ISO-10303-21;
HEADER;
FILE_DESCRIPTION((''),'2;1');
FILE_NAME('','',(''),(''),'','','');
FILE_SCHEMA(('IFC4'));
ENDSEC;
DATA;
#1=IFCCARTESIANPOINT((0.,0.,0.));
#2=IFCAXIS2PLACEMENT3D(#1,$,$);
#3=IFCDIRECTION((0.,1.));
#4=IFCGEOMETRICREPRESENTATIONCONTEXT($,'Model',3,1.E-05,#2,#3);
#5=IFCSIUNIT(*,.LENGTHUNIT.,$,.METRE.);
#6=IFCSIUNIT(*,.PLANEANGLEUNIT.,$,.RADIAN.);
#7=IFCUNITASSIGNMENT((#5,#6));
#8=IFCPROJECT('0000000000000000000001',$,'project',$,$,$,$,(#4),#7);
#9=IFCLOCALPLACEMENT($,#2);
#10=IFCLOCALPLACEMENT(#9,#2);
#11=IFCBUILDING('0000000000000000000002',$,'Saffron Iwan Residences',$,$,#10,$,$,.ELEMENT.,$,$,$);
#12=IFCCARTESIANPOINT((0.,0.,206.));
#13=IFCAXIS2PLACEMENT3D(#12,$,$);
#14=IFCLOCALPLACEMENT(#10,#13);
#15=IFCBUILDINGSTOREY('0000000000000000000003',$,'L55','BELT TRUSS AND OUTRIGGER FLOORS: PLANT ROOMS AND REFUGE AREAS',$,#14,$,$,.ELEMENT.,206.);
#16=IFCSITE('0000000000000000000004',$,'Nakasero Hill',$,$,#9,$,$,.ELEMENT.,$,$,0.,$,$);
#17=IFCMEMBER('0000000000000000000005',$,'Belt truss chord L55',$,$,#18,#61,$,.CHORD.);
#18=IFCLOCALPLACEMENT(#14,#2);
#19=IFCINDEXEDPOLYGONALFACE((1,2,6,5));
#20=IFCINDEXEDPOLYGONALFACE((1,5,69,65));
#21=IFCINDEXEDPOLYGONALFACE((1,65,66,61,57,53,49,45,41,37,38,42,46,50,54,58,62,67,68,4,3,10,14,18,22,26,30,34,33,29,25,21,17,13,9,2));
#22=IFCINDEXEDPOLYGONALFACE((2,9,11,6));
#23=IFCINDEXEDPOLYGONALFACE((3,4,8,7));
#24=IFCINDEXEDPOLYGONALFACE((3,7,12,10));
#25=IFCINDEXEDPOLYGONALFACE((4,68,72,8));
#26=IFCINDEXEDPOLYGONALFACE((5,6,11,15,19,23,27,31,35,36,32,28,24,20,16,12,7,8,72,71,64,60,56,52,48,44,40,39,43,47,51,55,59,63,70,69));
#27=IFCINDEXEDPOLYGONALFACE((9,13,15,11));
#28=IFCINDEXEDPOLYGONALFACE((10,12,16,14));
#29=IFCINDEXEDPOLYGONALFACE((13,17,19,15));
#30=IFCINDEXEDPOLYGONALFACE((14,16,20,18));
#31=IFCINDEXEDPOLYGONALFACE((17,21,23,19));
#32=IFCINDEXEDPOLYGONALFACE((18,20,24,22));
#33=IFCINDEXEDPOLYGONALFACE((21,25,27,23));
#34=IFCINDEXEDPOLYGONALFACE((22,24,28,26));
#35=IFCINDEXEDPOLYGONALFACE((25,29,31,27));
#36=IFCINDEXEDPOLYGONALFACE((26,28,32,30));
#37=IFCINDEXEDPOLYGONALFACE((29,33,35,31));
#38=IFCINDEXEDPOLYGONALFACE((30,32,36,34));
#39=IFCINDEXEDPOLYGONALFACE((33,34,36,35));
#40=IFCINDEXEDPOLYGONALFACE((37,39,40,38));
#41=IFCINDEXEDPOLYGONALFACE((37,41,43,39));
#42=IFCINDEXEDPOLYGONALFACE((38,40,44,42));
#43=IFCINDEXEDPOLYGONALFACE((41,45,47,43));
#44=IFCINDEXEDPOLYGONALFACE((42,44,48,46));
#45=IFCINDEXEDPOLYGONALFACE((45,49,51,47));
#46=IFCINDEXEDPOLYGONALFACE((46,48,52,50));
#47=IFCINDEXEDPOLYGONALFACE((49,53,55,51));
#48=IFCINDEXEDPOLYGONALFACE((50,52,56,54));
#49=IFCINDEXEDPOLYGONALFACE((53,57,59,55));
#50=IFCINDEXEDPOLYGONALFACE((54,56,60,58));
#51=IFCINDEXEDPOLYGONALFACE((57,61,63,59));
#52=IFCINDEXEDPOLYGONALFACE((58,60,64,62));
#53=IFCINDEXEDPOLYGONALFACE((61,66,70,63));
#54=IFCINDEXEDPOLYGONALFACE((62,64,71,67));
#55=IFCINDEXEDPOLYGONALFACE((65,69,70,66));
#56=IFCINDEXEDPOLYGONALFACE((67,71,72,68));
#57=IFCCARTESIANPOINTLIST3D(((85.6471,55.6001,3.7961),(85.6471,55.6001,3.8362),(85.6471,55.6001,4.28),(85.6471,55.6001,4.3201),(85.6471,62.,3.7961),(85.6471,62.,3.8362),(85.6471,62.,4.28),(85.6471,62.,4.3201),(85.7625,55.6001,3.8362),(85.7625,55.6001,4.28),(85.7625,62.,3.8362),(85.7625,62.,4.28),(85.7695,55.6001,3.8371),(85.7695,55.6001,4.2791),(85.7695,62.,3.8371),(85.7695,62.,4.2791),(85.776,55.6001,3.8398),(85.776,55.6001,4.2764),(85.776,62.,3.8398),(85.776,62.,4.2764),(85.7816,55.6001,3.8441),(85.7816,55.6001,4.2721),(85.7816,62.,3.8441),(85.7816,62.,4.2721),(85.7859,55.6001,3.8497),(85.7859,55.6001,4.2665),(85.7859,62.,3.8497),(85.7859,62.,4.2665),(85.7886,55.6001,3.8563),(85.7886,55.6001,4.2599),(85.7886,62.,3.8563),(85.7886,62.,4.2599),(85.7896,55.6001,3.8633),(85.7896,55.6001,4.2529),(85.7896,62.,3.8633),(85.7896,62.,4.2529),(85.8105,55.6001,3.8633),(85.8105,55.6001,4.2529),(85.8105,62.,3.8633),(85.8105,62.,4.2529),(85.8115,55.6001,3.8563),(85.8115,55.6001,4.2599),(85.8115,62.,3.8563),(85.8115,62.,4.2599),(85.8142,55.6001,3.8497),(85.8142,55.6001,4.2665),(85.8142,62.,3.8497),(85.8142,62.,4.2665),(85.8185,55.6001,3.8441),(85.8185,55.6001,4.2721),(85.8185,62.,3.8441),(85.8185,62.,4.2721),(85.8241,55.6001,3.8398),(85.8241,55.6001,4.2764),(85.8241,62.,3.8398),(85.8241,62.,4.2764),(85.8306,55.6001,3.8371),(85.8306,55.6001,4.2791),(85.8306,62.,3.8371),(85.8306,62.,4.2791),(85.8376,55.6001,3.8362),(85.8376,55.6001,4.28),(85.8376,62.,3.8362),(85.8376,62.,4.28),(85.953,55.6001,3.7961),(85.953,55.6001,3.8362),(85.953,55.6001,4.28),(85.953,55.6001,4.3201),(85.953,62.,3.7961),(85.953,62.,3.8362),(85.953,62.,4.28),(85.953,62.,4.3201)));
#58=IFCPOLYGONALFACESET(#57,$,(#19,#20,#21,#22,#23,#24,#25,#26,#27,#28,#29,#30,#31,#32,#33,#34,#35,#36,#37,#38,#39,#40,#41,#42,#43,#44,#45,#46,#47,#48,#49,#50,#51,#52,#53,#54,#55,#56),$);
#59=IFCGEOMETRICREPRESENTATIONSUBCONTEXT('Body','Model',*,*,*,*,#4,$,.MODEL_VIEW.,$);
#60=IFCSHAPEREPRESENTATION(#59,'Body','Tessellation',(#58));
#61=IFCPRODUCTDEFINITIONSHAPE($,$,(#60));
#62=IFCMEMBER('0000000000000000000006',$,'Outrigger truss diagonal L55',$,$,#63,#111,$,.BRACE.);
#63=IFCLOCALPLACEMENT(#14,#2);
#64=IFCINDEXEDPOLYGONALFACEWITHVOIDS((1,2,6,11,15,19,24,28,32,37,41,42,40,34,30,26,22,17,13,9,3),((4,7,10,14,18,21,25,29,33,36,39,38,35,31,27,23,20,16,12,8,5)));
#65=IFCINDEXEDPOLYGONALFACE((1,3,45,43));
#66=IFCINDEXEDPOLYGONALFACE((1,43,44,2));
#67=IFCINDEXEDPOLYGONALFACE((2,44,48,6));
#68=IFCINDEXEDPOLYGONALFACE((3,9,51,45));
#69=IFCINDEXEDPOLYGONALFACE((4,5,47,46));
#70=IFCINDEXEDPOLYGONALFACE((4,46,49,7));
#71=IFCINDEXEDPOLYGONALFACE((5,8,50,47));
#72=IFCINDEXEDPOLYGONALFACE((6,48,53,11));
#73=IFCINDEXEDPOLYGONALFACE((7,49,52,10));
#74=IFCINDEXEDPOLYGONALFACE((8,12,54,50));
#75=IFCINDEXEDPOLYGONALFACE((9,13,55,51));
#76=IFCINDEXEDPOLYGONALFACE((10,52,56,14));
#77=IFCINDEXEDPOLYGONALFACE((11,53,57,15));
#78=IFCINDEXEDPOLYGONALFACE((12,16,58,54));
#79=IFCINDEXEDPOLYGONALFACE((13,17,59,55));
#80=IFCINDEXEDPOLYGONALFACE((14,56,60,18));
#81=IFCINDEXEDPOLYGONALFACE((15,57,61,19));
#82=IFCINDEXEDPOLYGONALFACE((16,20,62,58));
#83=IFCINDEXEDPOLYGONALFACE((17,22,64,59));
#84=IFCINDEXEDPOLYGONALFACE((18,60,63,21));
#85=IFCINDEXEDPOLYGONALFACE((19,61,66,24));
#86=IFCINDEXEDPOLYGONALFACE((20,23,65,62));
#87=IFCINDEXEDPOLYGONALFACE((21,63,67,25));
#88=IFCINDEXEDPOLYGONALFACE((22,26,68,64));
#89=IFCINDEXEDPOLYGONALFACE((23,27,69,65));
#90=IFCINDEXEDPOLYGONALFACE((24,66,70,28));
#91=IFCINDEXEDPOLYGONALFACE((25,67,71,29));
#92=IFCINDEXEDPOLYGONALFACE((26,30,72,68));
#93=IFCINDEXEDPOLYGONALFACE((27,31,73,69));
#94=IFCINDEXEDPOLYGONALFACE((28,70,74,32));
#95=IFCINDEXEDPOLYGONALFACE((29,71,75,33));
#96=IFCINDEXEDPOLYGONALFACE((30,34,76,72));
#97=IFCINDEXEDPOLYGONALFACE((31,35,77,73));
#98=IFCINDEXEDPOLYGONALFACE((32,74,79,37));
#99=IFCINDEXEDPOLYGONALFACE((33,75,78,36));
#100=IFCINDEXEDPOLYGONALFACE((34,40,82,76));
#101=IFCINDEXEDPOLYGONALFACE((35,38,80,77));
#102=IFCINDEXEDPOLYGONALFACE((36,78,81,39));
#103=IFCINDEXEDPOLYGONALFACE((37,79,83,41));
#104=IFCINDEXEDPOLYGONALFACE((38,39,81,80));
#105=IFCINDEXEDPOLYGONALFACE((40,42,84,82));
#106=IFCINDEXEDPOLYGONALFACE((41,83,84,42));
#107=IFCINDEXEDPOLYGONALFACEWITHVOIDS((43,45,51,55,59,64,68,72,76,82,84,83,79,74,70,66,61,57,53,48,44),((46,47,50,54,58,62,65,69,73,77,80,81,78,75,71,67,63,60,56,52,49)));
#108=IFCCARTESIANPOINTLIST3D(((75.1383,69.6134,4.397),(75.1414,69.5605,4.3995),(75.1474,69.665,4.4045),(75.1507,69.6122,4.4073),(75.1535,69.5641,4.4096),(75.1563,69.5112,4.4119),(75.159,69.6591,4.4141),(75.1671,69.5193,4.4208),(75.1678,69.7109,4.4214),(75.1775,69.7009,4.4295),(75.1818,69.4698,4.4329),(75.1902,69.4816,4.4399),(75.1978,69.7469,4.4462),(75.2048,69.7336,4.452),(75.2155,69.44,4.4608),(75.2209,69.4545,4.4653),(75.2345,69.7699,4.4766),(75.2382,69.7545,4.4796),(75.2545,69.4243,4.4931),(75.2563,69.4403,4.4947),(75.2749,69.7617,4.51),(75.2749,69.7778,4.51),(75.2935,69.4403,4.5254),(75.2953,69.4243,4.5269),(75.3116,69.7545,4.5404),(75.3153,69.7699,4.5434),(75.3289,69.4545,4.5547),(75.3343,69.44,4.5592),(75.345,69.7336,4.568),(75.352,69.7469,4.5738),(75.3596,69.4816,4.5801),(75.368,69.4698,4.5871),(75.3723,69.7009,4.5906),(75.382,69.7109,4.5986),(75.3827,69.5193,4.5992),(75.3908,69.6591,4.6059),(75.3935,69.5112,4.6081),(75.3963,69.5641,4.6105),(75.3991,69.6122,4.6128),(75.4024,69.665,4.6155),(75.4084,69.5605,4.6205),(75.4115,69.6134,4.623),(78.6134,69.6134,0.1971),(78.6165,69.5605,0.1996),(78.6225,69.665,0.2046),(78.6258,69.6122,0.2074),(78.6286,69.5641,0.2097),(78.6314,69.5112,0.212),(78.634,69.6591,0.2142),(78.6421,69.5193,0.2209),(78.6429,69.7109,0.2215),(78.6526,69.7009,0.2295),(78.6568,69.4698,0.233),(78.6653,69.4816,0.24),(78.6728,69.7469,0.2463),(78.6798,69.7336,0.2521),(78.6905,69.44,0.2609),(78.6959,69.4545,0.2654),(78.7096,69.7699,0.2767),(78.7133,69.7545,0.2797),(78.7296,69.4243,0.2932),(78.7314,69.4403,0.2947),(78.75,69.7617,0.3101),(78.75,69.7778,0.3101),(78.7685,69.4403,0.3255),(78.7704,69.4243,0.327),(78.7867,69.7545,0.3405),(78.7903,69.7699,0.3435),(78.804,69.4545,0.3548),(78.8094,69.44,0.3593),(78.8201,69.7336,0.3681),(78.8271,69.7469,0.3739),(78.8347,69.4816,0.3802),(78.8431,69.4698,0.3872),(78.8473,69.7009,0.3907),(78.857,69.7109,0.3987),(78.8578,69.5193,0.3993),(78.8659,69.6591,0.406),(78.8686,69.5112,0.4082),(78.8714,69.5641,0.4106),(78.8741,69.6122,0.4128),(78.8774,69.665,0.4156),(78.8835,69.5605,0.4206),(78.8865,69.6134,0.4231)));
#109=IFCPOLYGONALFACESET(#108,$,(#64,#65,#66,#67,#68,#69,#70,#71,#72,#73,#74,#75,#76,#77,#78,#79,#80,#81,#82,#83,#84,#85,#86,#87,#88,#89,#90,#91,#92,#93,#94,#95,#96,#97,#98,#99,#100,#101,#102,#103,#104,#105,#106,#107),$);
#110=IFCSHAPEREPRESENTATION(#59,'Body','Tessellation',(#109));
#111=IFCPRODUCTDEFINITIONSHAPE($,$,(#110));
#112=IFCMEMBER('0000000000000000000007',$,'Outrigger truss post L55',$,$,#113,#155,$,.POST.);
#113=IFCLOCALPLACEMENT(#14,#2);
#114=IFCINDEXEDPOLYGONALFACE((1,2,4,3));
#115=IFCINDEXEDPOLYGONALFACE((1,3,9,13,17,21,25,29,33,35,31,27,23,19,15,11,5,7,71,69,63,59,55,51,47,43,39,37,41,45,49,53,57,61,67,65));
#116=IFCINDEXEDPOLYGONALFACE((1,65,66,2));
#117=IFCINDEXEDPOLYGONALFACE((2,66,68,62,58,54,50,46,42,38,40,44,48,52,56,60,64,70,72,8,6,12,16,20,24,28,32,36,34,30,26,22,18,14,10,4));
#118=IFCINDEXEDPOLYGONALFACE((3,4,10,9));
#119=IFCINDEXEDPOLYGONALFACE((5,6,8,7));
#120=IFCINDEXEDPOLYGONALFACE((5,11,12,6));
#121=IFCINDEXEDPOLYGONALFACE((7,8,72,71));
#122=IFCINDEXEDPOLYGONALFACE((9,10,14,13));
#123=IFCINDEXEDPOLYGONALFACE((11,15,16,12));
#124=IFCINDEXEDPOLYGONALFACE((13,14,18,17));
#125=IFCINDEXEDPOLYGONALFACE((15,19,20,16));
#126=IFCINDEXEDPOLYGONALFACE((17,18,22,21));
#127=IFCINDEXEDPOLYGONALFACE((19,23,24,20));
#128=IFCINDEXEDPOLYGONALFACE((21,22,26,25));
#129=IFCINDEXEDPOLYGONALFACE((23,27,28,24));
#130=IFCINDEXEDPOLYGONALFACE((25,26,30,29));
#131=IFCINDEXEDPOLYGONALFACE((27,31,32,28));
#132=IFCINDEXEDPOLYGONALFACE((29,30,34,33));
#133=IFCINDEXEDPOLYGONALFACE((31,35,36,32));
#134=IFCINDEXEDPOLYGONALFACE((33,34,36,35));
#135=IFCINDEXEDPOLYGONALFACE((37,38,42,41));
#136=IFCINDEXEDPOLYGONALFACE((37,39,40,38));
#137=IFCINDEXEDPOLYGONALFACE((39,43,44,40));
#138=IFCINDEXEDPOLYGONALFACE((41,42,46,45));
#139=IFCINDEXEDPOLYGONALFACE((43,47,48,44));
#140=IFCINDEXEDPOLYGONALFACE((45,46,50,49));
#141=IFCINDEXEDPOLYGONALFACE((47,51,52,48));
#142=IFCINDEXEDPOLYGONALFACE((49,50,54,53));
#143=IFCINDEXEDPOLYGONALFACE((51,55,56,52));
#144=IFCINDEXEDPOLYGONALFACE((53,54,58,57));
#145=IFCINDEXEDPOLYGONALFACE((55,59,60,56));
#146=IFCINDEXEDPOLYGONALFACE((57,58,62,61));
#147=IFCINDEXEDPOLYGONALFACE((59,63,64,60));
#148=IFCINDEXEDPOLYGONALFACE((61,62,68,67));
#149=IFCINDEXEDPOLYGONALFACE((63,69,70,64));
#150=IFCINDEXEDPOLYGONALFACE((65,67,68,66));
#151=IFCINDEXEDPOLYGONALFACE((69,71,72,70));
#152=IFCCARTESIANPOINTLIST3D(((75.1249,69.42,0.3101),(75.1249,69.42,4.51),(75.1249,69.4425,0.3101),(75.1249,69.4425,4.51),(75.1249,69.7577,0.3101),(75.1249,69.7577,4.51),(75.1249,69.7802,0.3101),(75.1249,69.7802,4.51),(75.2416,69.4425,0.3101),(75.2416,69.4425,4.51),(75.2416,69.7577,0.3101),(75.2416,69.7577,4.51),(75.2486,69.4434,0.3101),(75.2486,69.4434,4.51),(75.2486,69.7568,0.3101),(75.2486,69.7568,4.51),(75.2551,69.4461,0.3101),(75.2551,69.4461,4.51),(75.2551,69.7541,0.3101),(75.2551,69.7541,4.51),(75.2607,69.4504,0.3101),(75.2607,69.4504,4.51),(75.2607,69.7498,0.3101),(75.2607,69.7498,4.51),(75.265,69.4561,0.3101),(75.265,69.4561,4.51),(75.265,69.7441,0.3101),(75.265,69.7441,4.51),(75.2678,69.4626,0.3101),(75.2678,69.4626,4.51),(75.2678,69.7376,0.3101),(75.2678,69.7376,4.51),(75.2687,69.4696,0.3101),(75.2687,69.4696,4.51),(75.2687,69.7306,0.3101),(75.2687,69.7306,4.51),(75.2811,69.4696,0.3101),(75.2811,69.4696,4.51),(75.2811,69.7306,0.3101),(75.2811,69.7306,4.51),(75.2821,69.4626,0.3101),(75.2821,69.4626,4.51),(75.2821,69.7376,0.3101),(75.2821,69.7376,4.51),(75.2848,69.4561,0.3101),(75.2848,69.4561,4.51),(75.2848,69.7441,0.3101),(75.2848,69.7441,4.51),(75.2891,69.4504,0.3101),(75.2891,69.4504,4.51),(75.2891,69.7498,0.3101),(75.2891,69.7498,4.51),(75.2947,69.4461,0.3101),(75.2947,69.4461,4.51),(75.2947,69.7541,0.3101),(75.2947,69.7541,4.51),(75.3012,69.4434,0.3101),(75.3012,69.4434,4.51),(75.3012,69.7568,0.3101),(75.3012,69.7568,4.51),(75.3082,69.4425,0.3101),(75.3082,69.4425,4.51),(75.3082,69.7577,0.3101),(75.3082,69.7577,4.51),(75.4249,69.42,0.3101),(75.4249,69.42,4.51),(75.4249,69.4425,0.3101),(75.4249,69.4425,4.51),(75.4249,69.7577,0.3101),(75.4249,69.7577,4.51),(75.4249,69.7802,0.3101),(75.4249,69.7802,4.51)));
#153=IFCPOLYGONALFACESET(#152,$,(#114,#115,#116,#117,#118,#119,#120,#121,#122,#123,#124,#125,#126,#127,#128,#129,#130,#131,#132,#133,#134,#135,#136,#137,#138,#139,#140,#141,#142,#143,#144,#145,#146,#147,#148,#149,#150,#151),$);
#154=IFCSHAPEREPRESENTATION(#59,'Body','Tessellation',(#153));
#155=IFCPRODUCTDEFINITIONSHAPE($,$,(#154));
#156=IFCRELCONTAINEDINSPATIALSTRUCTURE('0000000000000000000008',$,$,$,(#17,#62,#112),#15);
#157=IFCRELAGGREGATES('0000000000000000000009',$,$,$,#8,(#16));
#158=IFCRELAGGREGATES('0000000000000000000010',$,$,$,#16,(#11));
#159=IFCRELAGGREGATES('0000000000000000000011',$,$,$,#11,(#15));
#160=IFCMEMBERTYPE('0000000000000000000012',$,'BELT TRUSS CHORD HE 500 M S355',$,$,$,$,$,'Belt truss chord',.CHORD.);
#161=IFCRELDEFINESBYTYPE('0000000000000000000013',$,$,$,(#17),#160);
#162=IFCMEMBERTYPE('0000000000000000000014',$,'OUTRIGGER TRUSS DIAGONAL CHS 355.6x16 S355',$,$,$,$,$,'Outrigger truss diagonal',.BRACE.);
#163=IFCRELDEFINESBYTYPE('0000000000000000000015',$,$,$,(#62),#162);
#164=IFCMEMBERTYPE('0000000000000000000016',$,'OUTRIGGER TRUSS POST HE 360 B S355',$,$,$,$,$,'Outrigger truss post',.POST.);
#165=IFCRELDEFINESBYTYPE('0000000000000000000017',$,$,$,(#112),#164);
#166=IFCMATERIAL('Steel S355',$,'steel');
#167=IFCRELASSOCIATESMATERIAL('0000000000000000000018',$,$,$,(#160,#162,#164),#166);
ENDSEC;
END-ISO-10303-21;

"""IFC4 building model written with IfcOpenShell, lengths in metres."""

from ifc_helpers import new_model, si_unit, direction, frame, origin, origin_2d, place, context, subcontext, project, spatial, hollow_circle, i_section, extrude, source, transform, mapped, material, material_profile, profile_set, type_object, element, save


model = new_model("IFC4")

# Units and contexts
model_context = context("Model", 3, precision=1e-05, world=origin(), true_north=direction((0.0, 1.0)))
body_context = subcontext(model_context, "Body", "Model", "MODEL_VIEW")
ifc_project = project(units=[si_unit("LENGTHUNIT", "METRE"), si_unit("PLANEANGLEUNIT", "RADIAN")], contexts=[model_context])

# Site, building, storey
site_placement = place(None, origin())
site = spatial("IfcSite", under=ifc_project, at=site_placement, Name="Nakasero Hill", CompositionType="ELEMENT", RefElevation=0.0)
building_placement = place(site_placement, origin())
building = spatial("IfcBuilding", under=site, at=building_placement, Name="Saffron Iwan Residences", CompositionType="ELEMENT")
storey_placement = place(building_placement, frame((0.0, 0.0, 206.0)))
storey = spatial("IfcBuildingStorey", under=building, at=storey_placement, Name="L55", Description="BELT TRUSS AND OUTRIGGER FLOORS: PLANT ROOMS AND REFUGE AREAS", CompositionType="ELEMENT", Elevation=206.0)

# Members
ifc_material_1 = material(Name="Steel S355", Category="steel")
ifc_material_profile_1 = material_profile(ifc_material_1, i_section(OverallWidth=0.3059, OverallDepth=0.5239, WebThickness=0.021, FlangeThickness=0.04, FilletRadius=0.0271, at=origin_2d()), Name="HE 500 M")
ifc_profile_set_1 = profile_set([ifc_material_profile_1], Name="Steel S355")
member_type_1 = type_object("IfcMemberType", Name="BELT TRUSS CHORD HE 500 M S355", ElementType="Belt truss chord", PredefinedType="CHORD", material=ifc_profile_set_1)
shared_shape_1 = source(origin(), body_context, "Body", "SweptSolid", [
    extrude(i_section(OverallWidth=0.3059, OverallDepth=0.5239, WebThickness=0.021, FlangeThickness=0.04, FilletRadius=0.0271, at=origin_2d()), origin(), (0.0, 0.0, 1.0), 6.3999),
])
for number, where, z_axis, x_axis, name in (
    (1, (85.8, 62.0, 4.0581), (0.0, -1.0, 0.0), (1.0, 0.0, 0.0), "Belt truss chord L55"),
):
    element("IfcMember", number, at=place(storey_placement, frame(where, z_axis=z_axis, x_axis=x_axis)), inside=storey, type_object=member_type_1, Name=name, PredefinedType="CHORD", context=body_context, shape_type="MappedRepresentation", body=[
        mapped(shared_shape_1, transform((0.0, 0.0, 0.0))),
    ])
ifc_material_profile_2 = material_profile(ifc_material_1, hollow_circle(Radius=0.1777, WallThickness=0.0161, at=origin_2d()), Name="CHS 355.6x16")
ifc_profile_set_2 = profile_set([ifc_material_profile_2], Name="Steel S355")
member_type_2 = type_object("IfcMemberType", Name="OUTRIGGER TRUSS DIAGONAL CHS 355.6x16 S355", ElementType="Outrigger truss diagonal", PredefinedType="BRACE", material=ifc_profile_set_2)
shared_shape_2 = source(origin(), body_context, "Body", "SweptSolid", [
    extrude(hollow_circle(Radius=0.1777, WallThickness=0.0161, at=origin_2d()), origin(), (0.0, 0.0, 1.0), 5.4512),
])
member_1_placement = place(storey_placement, frame((75.2749, 69.6001, 4.51), z_axis=(0.637489, 0.0, -0.77046), x_axis=(0.0, 1.0, 0.0)))
element("IfcMember", 2, at=member_1_placement, inside=storey, type_object=member_type_2, Name="Outrigger truss diagonal L55", PredefinedType="BRACE", context=body_context, shape_type="MappedRepresentation", body=[
    mapped(shared_shape_2, transform((0.0, 0.0, 0.0))),
])
ifc_material_profile_3 = material_profile(ifc_material_1, i_section(OverallWidth=0.3, OverallDepth=0.3601, WebThickness=0.0125, FlangeThickness=0.0225, FilletRadius=0.0271, at=origin_2d()), Name="HE 360 B")
ifc_profile_set_3 = profile_set([ifc_material_profile_3], Name="Steel S355")
member_type_3 = type_object("IfcMemberType", Name="OUTRIGGER TRUSS POST HE 360 B S355", ElementType="Outrigger truss post", PredefinedType="POST", material=ifc_profile_set_3)
shared_shape_3 = source(origin(), body_context, "Body", "SweptSolid", [
    extrude(i_section(OverallWidth=0.3, OverallDepth=0.3601, WebThickness=0.0125, FlangeThickness=0.0225, FilletRadius=0.0271, at=origin_2d()), origin(), (0.0, 0.0, 1.0), 4.2),
])
member_2_placement = place(storey_placement, frame((75.2749, 69.6001, 0.3101), z_axis=(0.0, 0.0, 1.0), x_axis=(1.0, 0.0, 0.0)))
element("IfcMember", 3, at=member_2_placement, inside=storey, type_object=member_type_3, Name="Outrigger truss post L55", PredefinedType="POST", context=body_context, shape_type="MappedRepresentation", body=[
    mapped(shared_shape_3, transform((0.0, 0.0, 0.0))),
])

save(model, "model.ifc")
